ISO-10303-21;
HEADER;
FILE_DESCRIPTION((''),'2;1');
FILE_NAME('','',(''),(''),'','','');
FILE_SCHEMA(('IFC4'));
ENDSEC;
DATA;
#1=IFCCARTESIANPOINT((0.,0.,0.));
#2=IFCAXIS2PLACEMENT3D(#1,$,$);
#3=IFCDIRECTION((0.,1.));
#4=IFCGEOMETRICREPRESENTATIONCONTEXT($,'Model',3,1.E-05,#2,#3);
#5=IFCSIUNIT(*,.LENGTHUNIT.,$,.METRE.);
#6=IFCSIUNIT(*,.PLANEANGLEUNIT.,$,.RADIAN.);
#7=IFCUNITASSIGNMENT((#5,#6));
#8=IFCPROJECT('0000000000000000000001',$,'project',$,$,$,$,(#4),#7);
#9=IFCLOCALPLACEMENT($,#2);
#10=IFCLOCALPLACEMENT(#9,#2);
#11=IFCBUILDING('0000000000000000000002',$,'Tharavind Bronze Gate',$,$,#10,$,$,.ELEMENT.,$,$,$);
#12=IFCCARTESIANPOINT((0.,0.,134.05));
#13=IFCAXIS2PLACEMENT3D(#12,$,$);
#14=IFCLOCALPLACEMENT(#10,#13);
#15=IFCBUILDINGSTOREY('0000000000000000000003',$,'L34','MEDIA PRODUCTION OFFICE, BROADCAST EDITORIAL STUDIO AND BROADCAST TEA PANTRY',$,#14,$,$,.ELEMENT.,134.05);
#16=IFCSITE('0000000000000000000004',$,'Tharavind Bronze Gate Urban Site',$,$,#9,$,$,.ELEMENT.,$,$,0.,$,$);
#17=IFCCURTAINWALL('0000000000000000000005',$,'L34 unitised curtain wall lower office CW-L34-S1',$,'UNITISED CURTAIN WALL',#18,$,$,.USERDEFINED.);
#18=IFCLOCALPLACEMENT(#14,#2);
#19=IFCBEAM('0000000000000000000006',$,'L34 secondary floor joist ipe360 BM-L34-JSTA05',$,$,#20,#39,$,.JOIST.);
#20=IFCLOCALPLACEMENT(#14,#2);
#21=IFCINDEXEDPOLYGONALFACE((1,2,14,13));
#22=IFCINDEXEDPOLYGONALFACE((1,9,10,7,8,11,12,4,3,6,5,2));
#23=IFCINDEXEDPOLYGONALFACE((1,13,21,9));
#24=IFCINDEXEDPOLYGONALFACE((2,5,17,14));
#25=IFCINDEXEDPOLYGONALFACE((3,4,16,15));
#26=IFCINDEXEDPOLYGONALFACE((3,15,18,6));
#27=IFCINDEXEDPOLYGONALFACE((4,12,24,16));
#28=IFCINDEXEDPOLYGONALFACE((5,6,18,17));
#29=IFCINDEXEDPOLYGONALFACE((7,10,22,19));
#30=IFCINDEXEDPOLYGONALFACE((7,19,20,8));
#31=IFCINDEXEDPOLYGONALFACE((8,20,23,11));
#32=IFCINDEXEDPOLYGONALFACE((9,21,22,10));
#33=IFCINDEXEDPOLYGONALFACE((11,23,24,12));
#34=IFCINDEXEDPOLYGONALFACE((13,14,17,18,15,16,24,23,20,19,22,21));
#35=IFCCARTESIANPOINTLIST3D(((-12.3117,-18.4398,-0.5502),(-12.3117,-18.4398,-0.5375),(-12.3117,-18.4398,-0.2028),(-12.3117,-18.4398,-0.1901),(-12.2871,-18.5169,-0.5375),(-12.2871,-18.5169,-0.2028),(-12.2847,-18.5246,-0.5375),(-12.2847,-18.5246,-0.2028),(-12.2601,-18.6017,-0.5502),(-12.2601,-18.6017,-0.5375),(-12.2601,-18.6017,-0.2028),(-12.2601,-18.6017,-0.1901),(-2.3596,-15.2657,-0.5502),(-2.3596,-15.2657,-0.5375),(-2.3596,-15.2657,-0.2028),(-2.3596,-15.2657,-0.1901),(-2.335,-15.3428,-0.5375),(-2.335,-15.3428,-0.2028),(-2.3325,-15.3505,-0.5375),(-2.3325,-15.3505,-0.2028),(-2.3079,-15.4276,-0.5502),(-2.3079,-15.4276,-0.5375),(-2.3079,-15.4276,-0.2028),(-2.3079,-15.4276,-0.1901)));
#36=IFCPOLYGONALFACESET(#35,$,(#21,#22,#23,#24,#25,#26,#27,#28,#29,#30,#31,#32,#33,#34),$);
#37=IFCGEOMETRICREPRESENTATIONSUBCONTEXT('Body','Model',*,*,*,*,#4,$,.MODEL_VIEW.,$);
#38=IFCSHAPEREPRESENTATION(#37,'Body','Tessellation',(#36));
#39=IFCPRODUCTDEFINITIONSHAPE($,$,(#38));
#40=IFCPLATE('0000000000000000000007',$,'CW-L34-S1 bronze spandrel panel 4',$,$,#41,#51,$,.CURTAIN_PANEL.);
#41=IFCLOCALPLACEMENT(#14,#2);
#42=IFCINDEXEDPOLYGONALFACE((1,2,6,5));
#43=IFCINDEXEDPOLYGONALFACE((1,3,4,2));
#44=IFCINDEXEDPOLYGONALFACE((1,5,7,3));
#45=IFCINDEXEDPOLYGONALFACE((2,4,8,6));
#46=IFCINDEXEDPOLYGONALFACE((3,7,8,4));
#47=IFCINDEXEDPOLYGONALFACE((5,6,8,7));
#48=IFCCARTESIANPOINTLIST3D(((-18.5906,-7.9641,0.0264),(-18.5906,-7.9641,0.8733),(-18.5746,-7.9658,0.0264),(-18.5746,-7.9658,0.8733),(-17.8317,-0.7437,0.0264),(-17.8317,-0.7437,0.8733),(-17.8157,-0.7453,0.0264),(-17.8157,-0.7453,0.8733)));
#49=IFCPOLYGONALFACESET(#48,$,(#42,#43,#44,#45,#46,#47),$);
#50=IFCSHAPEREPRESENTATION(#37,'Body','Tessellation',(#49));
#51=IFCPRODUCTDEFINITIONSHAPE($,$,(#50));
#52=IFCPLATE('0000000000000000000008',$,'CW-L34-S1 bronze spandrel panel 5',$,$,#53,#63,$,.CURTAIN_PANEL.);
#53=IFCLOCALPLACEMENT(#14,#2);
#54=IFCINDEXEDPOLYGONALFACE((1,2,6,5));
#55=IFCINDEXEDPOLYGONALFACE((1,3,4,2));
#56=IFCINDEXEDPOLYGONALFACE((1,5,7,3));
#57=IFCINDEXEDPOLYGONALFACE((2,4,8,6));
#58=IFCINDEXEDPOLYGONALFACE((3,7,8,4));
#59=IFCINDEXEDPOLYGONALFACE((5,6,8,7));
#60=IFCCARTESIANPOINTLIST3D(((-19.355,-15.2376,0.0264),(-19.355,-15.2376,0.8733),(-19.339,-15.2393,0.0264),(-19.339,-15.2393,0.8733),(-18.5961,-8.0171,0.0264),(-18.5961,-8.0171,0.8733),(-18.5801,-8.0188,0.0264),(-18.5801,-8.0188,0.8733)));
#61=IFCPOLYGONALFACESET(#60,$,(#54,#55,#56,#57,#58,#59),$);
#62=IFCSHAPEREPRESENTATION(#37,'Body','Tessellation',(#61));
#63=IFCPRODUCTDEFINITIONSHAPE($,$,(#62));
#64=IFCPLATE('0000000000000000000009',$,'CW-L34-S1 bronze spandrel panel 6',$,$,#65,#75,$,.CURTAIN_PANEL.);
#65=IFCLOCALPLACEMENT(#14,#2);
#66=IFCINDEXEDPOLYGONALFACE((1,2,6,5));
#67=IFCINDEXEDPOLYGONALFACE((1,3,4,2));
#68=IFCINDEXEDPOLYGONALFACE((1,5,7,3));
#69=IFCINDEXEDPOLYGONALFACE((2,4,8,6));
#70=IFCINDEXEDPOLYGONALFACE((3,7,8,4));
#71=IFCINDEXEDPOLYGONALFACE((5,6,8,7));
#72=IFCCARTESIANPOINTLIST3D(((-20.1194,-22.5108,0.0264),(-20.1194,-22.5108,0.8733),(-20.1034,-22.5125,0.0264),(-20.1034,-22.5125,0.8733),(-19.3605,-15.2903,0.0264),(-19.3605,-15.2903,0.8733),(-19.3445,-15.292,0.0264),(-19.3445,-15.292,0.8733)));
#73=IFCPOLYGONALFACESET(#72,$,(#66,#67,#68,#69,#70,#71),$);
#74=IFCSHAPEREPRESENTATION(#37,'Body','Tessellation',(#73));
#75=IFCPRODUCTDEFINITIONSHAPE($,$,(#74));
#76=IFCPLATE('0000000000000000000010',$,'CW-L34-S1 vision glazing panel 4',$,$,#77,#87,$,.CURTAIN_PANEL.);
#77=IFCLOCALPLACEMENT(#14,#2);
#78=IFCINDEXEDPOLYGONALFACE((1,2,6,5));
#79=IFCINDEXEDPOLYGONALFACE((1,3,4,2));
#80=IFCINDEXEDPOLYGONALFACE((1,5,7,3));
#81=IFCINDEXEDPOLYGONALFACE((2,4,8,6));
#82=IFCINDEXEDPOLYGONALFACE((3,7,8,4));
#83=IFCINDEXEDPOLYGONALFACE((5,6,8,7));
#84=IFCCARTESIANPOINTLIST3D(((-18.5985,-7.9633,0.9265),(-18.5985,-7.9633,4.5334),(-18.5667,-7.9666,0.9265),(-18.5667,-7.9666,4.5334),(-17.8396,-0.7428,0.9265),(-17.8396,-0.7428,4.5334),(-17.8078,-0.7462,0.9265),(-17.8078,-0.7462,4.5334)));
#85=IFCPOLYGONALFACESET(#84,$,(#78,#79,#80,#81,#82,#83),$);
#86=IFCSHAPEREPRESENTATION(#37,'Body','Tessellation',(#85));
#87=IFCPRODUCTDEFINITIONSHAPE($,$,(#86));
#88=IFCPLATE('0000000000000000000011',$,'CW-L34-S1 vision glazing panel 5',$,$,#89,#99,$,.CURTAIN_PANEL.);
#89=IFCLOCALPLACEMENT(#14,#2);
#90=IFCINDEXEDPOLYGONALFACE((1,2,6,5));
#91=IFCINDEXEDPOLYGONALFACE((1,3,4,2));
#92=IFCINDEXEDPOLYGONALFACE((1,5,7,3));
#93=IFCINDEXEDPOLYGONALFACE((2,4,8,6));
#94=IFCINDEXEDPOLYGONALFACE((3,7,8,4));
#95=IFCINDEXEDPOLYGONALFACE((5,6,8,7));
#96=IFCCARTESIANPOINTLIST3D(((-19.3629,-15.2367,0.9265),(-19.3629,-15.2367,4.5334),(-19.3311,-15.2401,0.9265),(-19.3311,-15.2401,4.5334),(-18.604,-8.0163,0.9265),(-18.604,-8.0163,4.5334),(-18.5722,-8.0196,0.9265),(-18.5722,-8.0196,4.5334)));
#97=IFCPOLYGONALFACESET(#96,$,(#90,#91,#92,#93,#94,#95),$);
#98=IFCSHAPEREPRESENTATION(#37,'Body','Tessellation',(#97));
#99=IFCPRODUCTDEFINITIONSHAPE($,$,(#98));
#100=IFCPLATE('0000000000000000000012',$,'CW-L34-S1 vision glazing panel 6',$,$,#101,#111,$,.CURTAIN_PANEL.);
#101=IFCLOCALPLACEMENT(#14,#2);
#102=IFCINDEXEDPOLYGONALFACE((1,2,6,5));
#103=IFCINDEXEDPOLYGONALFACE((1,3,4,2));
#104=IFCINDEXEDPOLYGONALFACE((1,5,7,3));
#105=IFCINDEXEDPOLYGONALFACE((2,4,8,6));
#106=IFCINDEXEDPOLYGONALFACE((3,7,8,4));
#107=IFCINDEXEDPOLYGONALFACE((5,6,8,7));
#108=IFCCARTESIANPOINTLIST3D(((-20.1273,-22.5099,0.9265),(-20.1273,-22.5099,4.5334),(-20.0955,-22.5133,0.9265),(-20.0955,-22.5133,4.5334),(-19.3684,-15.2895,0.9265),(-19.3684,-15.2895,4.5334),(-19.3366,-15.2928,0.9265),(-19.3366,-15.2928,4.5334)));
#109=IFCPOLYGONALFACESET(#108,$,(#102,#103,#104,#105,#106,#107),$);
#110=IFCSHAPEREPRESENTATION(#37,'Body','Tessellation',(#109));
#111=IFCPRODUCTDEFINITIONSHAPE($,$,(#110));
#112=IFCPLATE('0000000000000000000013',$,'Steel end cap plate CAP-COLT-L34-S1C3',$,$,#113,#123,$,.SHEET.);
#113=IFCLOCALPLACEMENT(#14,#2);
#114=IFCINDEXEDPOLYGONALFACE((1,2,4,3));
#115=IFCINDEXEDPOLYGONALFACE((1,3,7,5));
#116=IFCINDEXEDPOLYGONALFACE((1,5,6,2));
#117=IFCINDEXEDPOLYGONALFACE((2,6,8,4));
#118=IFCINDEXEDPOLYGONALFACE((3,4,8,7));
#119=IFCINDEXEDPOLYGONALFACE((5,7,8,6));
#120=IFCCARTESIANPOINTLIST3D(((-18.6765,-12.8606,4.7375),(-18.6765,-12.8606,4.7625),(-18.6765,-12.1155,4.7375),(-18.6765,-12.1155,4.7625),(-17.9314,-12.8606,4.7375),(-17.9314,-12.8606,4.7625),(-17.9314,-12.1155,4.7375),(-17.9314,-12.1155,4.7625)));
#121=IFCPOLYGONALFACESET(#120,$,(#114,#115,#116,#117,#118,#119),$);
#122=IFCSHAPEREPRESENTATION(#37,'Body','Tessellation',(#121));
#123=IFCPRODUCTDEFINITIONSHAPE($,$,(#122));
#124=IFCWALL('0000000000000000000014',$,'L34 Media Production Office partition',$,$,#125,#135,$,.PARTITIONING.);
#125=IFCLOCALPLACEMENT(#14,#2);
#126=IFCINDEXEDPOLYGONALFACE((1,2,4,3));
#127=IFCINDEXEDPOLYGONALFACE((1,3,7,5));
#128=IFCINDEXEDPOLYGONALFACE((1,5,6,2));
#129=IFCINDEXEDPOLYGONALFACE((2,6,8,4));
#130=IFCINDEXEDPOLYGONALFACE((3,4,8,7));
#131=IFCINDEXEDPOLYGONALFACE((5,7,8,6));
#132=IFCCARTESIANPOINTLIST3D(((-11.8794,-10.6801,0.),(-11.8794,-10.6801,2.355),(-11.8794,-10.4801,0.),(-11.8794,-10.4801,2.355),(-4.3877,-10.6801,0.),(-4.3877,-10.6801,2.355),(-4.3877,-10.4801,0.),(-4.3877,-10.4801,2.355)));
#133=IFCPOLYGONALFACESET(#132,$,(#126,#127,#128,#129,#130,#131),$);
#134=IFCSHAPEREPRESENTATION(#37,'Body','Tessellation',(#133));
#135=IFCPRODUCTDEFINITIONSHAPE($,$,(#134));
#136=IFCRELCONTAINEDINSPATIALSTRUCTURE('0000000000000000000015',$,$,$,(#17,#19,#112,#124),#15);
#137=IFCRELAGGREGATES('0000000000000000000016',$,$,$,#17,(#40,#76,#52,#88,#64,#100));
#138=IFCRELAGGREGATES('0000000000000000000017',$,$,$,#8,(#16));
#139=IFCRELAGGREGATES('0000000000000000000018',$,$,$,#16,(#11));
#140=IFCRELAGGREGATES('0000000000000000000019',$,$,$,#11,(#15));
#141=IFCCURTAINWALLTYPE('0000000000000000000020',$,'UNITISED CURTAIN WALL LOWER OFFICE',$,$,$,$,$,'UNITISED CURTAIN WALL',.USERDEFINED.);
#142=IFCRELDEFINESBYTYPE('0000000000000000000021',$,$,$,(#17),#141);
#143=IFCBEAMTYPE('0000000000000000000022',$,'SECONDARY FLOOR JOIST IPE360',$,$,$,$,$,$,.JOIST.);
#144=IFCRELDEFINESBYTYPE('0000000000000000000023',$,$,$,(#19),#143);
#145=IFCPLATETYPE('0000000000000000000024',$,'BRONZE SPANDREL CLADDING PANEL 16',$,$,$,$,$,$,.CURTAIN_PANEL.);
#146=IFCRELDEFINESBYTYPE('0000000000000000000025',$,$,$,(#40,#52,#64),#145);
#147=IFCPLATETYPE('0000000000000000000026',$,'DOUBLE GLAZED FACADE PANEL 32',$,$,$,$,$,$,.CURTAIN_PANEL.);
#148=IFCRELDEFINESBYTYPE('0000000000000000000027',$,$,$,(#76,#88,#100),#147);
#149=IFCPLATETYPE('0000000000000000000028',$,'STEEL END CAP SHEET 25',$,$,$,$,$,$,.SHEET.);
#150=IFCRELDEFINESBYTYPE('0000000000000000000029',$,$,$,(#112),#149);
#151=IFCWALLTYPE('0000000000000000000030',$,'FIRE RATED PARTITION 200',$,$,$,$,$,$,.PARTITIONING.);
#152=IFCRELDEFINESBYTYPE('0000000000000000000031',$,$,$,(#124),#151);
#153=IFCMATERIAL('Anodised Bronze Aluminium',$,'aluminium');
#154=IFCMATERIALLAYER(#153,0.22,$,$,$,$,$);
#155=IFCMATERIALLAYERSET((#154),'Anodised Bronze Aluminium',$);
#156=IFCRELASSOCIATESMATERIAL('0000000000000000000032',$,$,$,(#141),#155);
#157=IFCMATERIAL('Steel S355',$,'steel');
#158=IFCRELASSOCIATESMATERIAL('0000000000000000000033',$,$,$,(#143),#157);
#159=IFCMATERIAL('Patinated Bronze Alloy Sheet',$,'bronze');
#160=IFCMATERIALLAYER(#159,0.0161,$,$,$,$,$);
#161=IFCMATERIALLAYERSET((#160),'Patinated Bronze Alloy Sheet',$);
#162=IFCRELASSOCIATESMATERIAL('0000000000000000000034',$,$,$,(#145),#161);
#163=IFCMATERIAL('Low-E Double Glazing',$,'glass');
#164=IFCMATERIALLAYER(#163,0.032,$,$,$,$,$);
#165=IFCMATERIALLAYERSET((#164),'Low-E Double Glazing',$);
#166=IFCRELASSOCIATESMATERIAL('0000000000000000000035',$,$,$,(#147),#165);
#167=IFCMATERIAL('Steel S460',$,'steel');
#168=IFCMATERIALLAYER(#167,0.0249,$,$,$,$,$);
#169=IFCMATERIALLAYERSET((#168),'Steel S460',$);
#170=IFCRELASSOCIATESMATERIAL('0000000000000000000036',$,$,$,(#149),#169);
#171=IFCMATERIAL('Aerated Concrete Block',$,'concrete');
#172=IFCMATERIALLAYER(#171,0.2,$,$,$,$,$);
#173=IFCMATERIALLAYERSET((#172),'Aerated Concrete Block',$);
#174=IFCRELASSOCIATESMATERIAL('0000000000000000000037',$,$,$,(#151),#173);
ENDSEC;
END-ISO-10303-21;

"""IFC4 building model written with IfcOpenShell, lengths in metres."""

from ifc_helpers import new_model, si_unit, direction, frame, frame_2d, origin, origin_2d, place, context, subcontext, project, spatial, rectangle, i_section, extrude, material, layer, layer_set, material_profile, profile_set, type_object, element, aggregate, save


model = new_model("IFC4")

# Units and contexts
model_context = context("Model", 3, precision=1e-05, world=origin(), true_north=direction((0.0, 1.0)))
body_context = subcontext(model_context, "Body", "Model", "MODEL_VIEW")
ifc_project = project(units=[si_unit("LENGTHUNIT", "METRE"), si_unit("PLANEANGLEUNIT", "RADIAN")], contexts=[model_context])

# Site, building, storey
site_placement = place(None, origin())
site = spatial("IfcSite", under=ifc_project, at=site_placement, Name="Tharavind Bronze Gate Urban Site", CompositionType="ELEMENT", RefElevation=0.0)
building_placement = place(site_placement, origin())
building = spatial("IfcBuilding", under=site, at=building_placement, Name="Tharavind Bronze Gate", CompositionType="ELEMENT")
storey_placement = place(building_placement, frame((0.0, 0.0, 134.05)))
storey = spatial("IfcBuildingStorey", under=building, at=storey_placement, Name="L34", Description="MEDIA PRODUCTION OFFICE, BROADCAST EDITORIAL STUDIO AND BROADCAST TEA PANTRY", CompositionType="ELEMENT", Elevation=134.05)

# Shared definitions
ifc_material_1 = material(Name="Steel S460", Category="steel")

# Curtain wall
ifc_material_2 = material(Name="Anodised Bronze Aluminium", Category="aluminium")
ifc_layer_1 = layer(ifc_material_2, 0.22)
ifc_layer_set_1 = layer_set([ifc_layer_1], Name="Anodised Bronze Aluminium")
curtain_wall_type = type_object("IfcCurtainWallType", Name="UNITISED CURTAIN WALL LOWER OFFICE", ElementType="UNITISED CURTAIN WALL", PredefinedType="USERDEFINED", material=ifc_layer_set_1)
curtain_wall_placement = place(storey_placement, origin())
curtain_wall = element("IfcCurtainWall", 1, at=curtain_wall_placement, inside=storey, type_object=curtain_wall_type, Name="L34 unitised curtain wall lower office CW-L34-S1", ObjectType="UNITISED CURTAIN WALL", PredefinedType="USERDEFINED")

# Beam
ifc_material_3 = material(Name="Steel S355", Category="steel")
ifc_material_profile_1 = material_profile(ifc_material_3, i_section(OverallWidth=0.1699, OverallDepth=0.3601, WebThickness=0.0081, FlangeThickness=0.0127, at=origin_2d()), Name="IPE360")
ifc_profile_set_1 = profile_set([ifc_material_profile_1], Name="Steel S355")
beam_type_1 = type_object("IfcBeamType", Name="SECONDARY FLOOR JOIST IPE360", PredefinedType="JOIST", material=ifc_profile_set_1)
beam_1_placement = place(storey_placement, frame((-12.2859, -18.5208, -0.3701), z_axis=(0.952719, 0.303854, 0.0), x_axis=(-0.303854, 0.952719, 0.0)))
element("IfcBeam", 2, at=beam_1_placement, inside=storey, type_object=beam_type_1, Name="L34 secondary floor joist ipe360 BM-L34-JSTA05", PredefinedType="JOIST", context=body_context, shape_type="SweptSolid", body=[
    extrude(i_section(OverallWidth=0.1699, OverallDepth=0.3601, WebThickness=0.0081, FlangeThickness=0.0127, at=origin_2d()), origin(), (0.0, 0.0, 1.0), 10.446),
])

# Plates
ifc_material_4 = material(Name="Patinated Bronze Alloy Sheet", Category="bronze")
ifc_layer_2 = layer(ifc_material_4, 0.0161)
ifc_layer_set_2 = layer_set([ifc_layer_2], Name="Patinated Bronze Alloy Sheet")
plate_type_1 = type_object("IfcPlateType", Name="BRONZE SPANDREL CLADDING PANEL 16", PredefinedType="CURTAIN_PANEL", material=ifc_layer_set_2)
plate_1_placement = place(storey_placement, frame((-18.2031, -4.3547, 0.0264), z_axis=(0.0, 0.0, 1.0), x_axis=(-0.104527, -0.994522, 0.0)))
plate_1 = element("IfcPlate", 3, at=plate_1_placement, type_object=plate_type_1, Name="CW-L34-S1 bronze spandrel panel 4", PredefinedType="CURTAIN_PANEL", context=body_context, shape_type="SweptSolid", body=[
    extrude(rectangle(XDim=7.2603, YDim=0.0161, at=origin_2d()), origin(), (0.0, 0.0, 1.0), 0.8469),
])
plate_2_placement = place(storey_placement, frame((-18.9675, -11.6282, 0.0264), z_axis=(0.0, 0.0, 1.0), x_axis=(-0.104527, -0.994522, 0.0)))
plate_2 = element("IfcPlate", 4, at=plate_2_placement, type_object=plate_type_1, Name="CW-L34-S1 bronze spandrel panel 5", PredefinedType="CURTAIN_PANEL", context=body_context, shape_type="SweptSolid", body=[
    extrude(rectangle(XDim=7.2603, YDim=0.0161, at=origin_2d()), origin(), (0.0, 0.0, 1.0), 0.8469),
])
plate_3_placement = place(storey_placement, frame((-19.7319, -18.9014, 0.0264), z_axis=(0.0, 0.0, 1.0), x_axis=(-0.104527, -0.994522, 0.0)))
plate_3 = element("IfcPlate", 5, at=plate_3_placement, type_object=plate_type_1, Name="CW-L34-S1 bronze spandrel panel 6", PredefinedType="CURTAIN_PANEL", context=body_context, shape_type="SweptSolid", body=[
    extrude(rectangle(XDim=7.2603, YDim=0.0161, at=origin_2d()), origin(), (0.0, 0.0, 1.0), 0.8469),
])
ifc_material_5 = material(Name="Low-E Double Glazing", Category="glass")
ifc_layer_3 = layer(ifc_material_5, 0.032)
ifc_layer_set_3 = layer_set([ifc_layer_3], Name="Low-E Double Glazing")
plate_type_2 = type_object("IfcPlateType", Name="DOUBLE GLAZED FACADE PANEL 32", PredefinedType="CURTAIN_PANEL", material=ifc_layer_set_3)
plate_4_placement = place(storey_placement, frame((-18.2031, -4.3547, 0.9265), z_axis=(0.0, 0.0, 1.0), x_axis=(-0.104527, -0.994522, 0.0)))
plate_4 = element("IfcPlate", 6, at=plate_4_placement, type_object=plate_type_2, Name="CW-L34-S1 vision glazing panel 4", PredefinedType="CURTAIN_PANEL", context=body_context, shape_type="SweptSolid", body=[
    extrude(rectangle(XDim=7.2603, YDim=0.032, at=origin_2d()), origin(), (0.0, 0.0, 1.0), 3.6069),
])
plate_5_placement = place(storey_placement, frame((-18.9675, -11.6282, 0.9265), z_axis=(0.0, 0.0, 1.0), x_axis=(-0.104527, -0.994522, 0.0)))
plate_5 = element("IfcPlate", 7, at=plate_5_placement, type_object=plate_type_2, Name="CW-L34-S1 vision glazing panel 5", PredefinedType="CURTAIN_PANEL", context=body_context, shape_type="SweptSolid", body=[
    extrude(rectangle(XDim=7.2603, YDim=0.032, at=origin_2d()), origin(), (0.0, 0.0, 1.0), 3.6069),
])
plate_6_placement = place(storey_placement, frame((-19.7319, -18.9014, 0.9265), z_axis=(0.0, 0.0, 1.0), x_axis=(-0.104527, -0.994522, 0.0)))
plate_6 = element("IfcPlate", 8, at=plate_6_placement, type_object=plate_type_2, Name="CW-L34-S1 vision glazing panel 6", PredefinedType="CURTAIN_PANEL", context=body_context, shape_type="SweptSolid", body=[
    extrude(rectangle(XDim=7.2603, YDim=0.032, at=origin_2d()), origin(), (0.0, 0.0, 1.0), 3.6069),
])
aggregate(curtain_wall, [plate_1, plate_4, plate_2, plate_5, plate_3, plate_6])
ifc_layer_4 = layer(ifc_material_1, 0.0249)
ifc_layer_set_4 = layer_set([ifc_layer_4], Name="Steel S460")
plate_type_3 = type_object("IfcPlateType", Name="STEEL END CAP SHEET 25", PredefinedType="SHEET", material=ifc_layer_set_4)
plate_7_placement = place(storey_placement, frame((-18.304, -12.488, 4.7375), z_axis=(0.0, 0.0, 1.0), x_axis=(1.0, 0.0, 0.0)))
element("IfcPlate", 9, at=plate_7_placement, inside=storey, type_object=plate_type_3, Name="Steel end cap plate CAP-COLT-L34-S1C3", PredefinedType="SHEET", context=body_context, shape_type="SweptSolid", body=[
    extrude(rectangle(XDim=0.7451, YDim=0.7451, at=origin_2d()), origin(), (0.0, 0.0, 1.0), 0.0249),
])

# Wall
ifc_material_6 = material(Name="Aerated Concrete Block", Category="concrete")
ifc_layer_5 = layer(ifc_material_6, 0.2)
ifc_layer_set_5 = layer_set([ifc_layer_5], Name="Aerated Concrete Block")
wall_type = type_object("IfcWallType", Name="FIRE RATED PARTITION 200", PredefinedType="PARTITIONING", material=ifc_layer_set_5)
wall_placement = place(storey_placement, frame((-11.8794, -10.5801, 0.0), z_axis=(0.0, 0.0, 1.0), x_axis=(1.0, 0.0, 0.0)))
element("IfcWall", 10, at=wall_placement, inside=storey, type_object=wall_type, Name="L34 Media Production Office partition", PredefinedType="PARTITIONING", context=body_context, shape_type="SweptSolid", body=[
    extrude(rectangle(XDim=7.4917, YDim=0.2, at=frame_2d((3.7458, 0.0))), origin(), (0.0, 0.0, 1.0), 2.355),
])

save(model, "model.ifc")
